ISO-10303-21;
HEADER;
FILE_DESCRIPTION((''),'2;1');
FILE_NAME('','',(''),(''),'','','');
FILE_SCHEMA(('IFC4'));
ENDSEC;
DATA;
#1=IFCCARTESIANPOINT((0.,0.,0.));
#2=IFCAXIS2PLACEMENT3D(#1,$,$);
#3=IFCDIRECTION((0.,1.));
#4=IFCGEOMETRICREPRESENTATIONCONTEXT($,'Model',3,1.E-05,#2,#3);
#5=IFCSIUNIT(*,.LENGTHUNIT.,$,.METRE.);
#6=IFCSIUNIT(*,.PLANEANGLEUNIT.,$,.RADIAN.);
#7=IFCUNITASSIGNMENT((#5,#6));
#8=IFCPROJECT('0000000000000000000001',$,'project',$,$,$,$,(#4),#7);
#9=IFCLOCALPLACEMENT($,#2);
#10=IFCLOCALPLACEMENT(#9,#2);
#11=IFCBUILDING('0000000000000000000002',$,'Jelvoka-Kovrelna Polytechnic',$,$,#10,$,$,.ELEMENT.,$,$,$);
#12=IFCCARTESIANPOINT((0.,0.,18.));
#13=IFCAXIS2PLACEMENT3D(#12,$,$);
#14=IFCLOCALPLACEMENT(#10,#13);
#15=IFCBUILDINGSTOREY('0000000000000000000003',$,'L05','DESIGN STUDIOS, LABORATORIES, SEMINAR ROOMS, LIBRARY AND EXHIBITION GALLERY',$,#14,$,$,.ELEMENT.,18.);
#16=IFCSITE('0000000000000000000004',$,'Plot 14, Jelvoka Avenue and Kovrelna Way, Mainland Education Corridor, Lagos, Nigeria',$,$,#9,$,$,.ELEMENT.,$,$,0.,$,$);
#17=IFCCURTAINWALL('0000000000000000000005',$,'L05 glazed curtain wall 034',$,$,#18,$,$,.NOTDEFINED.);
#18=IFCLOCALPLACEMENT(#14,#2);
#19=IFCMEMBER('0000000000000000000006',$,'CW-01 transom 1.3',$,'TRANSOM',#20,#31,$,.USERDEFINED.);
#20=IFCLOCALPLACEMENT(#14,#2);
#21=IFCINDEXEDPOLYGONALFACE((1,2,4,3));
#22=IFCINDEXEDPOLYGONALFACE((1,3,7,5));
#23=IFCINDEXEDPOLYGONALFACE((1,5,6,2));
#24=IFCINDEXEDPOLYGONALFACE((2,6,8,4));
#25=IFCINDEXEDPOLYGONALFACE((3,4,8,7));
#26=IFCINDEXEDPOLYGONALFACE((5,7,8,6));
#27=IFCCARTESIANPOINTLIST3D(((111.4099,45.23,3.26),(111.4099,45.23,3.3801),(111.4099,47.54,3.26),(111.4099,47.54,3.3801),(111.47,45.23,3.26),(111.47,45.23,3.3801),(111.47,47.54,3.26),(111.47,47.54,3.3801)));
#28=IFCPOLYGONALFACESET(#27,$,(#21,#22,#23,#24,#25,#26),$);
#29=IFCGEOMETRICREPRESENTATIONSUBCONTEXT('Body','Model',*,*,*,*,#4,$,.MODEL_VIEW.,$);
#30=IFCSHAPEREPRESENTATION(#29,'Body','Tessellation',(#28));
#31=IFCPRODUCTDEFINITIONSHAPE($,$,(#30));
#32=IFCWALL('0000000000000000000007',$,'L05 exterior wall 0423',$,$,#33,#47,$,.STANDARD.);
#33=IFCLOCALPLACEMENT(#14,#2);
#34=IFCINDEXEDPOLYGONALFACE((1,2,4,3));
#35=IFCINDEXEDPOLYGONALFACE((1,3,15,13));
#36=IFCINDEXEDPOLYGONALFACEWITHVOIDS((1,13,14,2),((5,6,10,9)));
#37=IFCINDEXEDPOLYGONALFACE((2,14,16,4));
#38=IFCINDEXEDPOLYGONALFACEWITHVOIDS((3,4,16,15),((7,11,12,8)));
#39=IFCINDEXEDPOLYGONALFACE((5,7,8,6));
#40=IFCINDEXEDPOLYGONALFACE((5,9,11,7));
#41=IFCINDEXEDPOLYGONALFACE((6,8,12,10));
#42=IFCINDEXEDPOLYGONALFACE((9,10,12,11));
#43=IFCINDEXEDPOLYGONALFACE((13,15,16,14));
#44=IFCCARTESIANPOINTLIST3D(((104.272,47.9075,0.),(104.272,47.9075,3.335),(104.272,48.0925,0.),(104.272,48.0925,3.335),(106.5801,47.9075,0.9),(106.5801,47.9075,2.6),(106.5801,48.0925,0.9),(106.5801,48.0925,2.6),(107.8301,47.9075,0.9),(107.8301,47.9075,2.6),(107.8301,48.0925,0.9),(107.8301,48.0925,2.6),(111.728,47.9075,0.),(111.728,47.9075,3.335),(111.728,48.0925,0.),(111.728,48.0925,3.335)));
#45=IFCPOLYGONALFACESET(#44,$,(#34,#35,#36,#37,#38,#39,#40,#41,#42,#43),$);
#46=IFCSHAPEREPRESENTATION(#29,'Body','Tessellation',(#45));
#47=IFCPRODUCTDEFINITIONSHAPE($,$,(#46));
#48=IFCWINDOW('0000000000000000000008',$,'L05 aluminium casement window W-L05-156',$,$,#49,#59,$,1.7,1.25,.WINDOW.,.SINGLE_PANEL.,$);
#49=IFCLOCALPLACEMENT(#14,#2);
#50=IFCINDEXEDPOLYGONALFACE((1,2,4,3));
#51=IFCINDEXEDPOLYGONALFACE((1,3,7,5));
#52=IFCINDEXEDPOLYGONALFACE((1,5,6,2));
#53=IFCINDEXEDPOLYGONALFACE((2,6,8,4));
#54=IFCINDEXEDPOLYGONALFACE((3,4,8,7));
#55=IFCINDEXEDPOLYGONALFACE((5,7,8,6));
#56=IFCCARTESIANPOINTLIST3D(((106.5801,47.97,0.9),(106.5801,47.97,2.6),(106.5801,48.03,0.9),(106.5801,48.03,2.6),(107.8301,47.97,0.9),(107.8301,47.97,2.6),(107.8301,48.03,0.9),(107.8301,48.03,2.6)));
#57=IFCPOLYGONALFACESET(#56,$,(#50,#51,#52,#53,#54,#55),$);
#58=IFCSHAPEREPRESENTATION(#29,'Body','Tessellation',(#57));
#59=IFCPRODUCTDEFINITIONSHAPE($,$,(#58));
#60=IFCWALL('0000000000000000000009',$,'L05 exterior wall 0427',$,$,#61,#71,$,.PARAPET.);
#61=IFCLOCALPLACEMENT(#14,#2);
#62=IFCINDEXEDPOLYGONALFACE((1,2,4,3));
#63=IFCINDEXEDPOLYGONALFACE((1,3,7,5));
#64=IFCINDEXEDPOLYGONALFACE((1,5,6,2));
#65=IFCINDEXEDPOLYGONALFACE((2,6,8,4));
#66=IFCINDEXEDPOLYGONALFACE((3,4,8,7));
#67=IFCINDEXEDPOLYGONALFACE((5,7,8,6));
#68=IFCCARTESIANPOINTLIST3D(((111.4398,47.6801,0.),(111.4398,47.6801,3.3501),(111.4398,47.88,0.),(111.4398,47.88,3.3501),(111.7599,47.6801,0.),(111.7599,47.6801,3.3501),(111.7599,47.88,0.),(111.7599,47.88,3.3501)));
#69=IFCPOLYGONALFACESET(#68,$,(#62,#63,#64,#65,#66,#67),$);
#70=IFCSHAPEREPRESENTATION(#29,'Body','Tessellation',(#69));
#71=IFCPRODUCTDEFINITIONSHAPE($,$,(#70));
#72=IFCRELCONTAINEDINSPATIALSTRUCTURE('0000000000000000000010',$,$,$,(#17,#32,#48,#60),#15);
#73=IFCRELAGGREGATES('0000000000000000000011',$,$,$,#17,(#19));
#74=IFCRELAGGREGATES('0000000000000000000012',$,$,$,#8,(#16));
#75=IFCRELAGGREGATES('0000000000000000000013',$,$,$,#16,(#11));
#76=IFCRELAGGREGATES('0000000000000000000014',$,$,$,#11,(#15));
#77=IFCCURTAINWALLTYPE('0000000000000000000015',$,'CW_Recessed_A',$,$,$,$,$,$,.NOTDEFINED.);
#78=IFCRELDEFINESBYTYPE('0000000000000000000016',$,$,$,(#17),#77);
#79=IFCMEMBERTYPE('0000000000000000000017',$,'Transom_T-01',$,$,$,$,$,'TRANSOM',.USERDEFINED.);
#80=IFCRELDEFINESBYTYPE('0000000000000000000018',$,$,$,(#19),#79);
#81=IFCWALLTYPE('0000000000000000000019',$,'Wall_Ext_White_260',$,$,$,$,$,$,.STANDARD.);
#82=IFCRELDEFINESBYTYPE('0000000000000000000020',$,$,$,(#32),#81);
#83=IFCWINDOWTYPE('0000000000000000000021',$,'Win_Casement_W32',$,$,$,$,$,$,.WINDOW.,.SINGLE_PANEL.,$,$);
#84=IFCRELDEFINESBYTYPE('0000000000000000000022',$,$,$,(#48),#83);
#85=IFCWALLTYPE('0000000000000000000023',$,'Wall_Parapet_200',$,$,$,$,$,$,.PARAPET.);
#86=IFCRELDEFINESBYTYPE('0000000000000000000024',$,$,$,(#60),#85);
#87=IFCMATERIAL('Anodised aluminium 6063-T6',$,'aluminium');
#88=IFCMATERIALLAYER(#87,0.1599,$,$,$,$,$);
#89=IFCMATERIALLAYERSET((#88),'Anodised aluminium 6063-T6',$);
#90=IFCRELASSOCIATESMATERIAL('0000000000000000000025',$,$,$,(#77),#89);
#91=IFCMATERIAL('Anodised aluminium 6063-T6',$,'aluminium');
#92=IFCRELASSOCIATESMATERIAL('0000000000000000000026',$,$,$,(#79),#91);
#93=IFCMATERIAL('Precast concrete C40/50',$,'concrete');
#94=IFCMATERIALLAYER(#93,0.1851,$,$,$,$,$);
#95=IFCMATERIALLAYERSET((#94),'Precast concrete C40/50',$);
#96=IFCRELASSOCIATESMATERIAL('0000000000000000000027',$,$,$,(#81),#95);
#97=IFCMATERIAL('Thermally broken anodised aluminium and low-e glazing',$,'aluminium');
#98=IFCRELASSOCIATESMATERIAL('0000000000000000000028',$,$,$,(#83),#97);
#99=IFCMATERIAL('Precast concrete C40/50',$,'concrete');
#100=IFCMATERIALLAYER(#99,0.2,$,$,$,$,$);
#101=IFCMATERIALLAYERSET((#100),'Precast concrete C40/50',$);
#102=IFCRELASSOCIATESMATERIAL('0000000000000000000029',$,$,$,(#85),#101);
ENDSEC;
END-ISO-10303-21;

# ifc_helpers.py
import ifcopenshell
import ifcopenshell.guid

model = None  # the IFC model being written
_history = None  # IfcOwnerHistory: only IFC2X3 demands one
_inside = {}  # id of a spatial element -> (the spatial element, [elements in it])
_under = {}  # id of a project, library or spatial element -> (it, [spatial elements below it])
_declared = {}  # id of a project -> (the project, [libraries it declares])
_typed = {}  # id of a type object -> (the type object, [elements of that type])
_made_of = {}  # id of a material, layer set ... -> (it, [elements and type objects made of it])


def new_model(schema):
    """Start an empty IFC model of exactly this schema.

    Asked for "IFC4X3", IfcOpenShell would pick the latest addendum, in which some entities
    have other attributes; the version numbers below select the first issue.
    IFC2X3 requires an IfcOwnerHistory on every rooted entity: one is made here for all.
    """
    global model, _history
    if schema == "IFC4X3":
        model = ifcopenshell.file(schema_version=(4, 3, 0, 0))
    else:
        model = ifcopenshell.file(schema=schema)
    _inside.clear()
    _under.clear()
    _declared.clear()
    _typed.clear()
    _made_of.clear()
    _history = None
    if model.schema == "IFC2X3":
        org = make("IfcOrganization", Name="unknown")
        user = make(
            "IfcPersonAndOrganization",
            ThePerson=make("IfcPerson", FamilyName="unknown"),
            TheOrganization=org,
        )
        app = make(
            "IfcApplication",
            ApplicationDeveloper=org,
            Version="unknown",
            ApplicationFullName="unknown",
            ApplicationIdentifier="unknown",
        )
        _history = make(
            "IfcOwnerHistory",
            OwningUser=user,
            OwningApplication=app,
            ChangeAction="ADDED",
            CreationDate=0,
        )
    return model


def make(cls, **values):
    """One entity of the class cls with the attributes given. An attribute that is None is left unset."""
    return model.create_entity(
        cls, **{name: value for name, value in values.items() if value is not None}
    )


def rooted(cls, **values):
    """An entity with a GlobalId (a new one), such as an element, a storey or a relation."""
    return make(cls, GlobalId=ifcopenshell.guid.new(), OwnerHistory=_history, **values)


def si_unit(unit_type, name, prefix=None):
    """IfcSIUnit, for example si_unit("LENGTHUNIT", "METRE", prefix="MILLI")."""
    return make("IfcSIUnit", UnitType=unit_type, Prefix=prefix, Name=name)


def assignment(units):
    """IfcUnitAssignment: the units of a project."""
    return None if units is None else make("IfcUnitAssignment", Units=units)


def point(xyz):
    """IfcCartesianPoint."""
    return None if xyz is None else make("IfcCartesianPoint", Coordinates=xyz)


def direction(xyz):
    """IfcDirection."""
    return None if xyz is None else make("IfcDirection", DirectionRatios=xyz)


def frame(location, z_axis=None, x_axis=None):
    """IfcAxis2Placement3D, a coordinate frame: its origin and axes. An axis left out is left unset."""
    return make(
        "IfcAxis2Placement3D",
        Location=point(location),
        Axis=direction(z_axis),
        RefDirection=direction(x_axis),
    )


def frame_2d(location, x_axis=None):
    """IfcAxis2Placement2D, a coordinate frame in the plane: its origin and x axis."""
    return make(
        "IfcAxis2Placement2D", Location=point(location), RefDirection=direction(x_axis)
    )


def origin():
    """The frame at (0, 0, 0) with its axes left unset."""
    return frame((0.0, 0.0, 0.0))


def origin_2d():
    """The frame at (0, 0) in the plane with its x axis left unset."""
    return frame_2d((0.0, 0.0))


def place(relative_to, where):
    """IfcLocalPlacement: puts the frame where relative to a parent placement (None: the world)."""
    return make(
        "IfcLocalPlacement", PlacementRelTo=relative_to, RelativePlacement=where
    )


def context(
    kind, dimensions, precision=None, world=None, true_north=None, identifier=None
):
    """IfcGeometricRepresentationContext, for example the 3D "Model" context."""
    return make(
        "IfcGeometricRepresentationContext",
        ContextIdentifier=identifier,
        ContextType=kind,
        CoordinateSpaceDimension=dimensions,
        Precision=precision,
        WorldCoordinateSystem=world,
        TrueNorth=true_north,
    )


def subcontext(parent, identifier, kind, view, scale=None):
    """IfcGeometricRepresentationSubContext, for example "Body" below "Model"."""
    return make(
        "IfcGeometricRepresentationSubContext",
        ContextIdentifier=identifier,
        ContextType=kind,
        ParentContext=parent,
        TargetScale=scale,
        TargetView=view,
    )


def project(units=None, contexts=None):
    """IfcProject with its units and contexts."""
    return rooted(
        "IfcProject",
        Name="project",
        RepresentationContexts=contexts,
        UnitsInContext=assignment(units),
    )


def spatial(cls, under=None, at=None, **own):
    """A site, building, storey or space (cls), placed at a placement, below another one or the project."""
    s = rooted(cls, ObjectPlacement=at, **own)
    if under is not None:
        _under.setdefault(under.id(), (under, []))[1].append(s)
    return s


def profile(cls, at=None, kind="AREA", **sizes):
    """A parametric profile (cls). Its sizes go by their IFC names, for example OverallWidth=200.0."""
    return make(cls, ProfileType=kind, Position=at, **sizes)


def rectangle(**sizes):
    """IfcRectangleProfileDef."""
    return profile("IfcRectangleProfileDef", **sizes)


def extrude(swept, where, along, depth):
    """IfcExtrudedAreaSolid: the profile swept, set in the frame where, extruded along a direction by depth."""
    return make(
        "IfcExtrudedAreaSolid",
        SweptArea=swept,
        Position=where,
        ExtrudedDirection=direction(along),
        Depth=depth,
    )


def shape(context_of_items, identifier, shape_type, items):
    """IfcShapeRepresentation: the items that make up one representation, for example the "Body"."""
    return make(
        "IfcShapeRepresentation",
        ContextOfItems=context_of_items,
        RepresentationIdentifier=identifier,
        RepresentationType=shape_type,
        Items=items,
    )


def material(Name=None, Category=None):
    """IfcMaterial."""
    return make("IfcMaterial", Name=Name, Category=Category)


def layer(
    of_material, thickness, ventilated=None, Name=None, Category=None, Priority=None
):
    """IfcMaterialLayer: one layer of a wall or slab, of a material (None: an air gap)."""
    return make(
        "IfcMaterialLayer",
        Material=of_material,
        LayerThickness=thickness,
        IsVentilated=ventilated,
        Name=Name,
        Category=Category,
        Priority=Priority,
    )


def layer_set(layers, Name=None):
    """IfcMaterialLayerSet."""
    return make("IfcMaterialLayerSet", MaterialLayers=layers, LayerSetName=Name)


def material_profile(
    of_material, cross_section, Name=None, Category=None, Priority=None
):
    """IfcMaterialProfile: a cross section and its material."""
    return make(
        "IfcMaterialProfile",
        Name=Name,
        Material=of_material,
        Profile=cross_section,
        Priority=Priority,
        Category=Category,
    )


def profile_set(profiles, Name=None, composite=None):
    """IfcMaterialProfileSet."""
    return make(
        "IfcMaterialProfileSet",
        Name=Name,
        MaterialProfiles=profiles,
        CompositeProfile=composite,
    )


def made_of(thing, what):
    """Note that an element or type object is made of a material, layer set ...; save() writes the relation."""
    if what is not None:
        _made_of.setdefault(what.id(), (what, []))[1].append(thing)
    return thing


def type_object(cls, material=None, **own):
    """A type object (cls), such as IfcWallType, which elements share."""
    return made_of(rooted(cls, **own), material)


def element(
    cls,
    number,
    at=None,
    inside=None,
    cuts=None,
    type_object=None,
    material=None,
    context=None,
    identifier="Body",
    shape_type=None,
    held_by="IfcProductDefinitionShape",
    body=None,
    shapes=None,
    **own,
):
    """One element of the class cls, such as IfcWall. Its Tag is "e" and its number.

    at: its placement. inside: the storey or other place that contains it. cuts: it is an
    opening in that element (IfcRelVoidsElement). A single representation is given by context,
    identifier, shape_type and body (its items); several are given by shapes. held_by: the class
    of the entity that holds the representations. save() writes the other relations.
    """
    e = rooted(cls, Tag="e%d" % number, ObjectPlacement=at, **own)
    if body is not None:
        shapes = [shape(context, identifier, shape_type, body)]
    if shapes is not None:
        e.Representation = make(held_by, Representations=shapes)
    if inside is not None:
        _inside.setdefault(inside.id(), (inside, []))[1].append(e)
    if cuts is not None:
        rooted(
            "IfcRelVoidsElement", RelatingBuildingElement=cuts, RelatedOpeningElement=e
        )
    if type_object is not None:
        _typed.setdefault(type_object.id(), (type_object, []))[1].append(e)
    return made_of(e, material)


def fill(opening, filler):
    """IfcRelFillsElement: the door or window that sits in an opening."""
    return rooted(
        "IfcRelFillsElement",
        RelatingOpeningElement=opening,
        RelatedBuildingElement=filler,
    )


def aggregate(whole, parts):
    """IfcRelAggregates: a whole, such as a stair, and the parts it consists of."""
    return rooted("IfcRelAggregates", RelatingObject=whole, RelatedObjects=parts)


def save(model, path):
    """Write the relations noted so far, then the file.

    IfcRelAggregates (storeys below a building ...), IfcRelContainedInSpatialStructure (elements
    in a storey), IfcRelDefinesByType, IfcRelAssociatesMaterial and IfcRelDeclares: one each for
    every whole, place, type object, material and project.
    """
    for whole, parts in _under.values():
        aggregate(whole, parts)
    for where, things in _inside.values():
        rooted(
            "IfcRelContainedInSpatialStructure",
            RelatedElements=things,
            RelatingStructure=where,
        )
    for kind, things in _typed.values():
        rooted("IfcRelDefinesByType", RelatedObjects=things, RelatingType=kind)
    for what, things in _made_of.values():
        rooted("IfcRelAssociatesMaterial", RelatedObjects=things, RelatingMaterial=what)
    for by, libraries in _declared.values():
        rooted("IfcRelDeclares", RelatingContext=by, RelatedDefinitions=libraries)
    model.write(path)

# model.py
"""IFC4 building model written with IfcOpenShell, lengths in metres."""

from ifc_helpers import new_model, si_unit, direction, frame, frame_2d, origin, origin_2d, place, context, subcontext, project, spatial, rectangle, extrude, material, layer, layer_set, material_profile, profile_set, type_object, element, fill, aggregate, save


model = new_model("IFC4")

# Units and contexts
model_context = context("Model", 3, precision=1e-05, world=origin(), true_north=direction((0.0, 1.0)))
body_context = subcontext(model_context, "Body", "Model", "MODEL_VIEW")
ifc_project = project(units=[si_unit("LENGTHUNIT", "METRE"), si_unit("PLANEANGLEUNIT", "RADIAN")], contexts=[model_context])

# Site, building, storey
site_placement = place(None, origin())
site = spatial("IfcSite", under=ifc_project, at=site_placement, Name="Plot 14, Jelvoka Avenue and Kovrelna Way, Mainland Education Corridor, Lagos, Nigeria", CompositionType="ELEMENT", RefElevation=0.0)
building_placement = place(site_placement, origin())
building = spatial("IfcBuilding", under=site, at=building_placement, Name="Jelvoka-Kovrelna Polytechnic", CompositionType="ELEMENT")
storey_placement = place(building_placement, frame((0.0, 0.0, 18.0)))
storey = spatial("IfcBuildingStorey", under=building, at=storey_placement, Name="L05", Description="DESIGN STUDIOS, LABORATORIES, SEMINAR ROOMS, LIBRARY AND EXHIBITION GALLERY", CompositionType="ELEMENT", Elevation=18.0)

# Curtain wall
ifc_material_1 = material(Name="Anodised aluminium 6063-T6", Category="aluminium")
ifc_layer_1 = layer(ifc_material_1, 0.1599)
ifc_layer_set_1 = layer_set([ifc_layer_1], Name="Anodised aluminium 6063-T6")
curtain_wall_type = type_object("IfcCurtainWallType", Name="CW_Recessed_A", PredefinedType="NOTDEFINED", material=ifc_layer_set_1)
curtain_wall_placement = place(storey_placement, origin())
curtain_wall = element("IfcCurtainWall", 1, at=curtain_wall_placement, inside=storey, type_object=curtain_wall_type, Name="L05 glazed curtain wall 034", PredefinedType="NOTDEFINED")

# Member
ifc_material_2 = material(Name="Anodised aluminium 6063-T6", Category="aluminium")
ifc_material_profile_1 = material_profile(ifc_material_2, rectangle(XDim=0.0601, YDim=0.1201, at=origin_2d()), Name="ALU 60x120")
ifc_profile_set_1 = profile_set([ifc_material_profile_1], Name="Anodised aluminium 6063-T6")
member_type_1 = type_object("IfcMemberType", Name="Transom_T-01", ElementType="TRANSOM", PredefinedType="USERDEFINED", material=ifc_profile_set_1)
member_1_placement = place(storey_placement, frame((111.4399, 47.54, 3.3201), z_axis=(0.0, -1.0, 0.0), x_axis=(1.0, 0.0, 0.0)))
member_1 = element("IfcMember", 2, at=member_1_placement, type_object=member_type_1, Name="CW-01 transom 1.3", ObjectType="TRANSOM", PredefinedType="USERDEFINED", context=body_context, shape_type="SweptSolid", body=[
    extrude(rectangle(XDim=0.0601, YDim=0.1201, at=origin_2d()), origin(), (0.0, 0.0, 1.0), 2.3101),
])
aggregate(curtain_wall, [member_1])

# Wall, opening, window
ifc_material_3 = material(Name="Precast concrete C40/50", Category="concrete")
ifc_layer_2 = layer(ifc_material_3, 0.1851)
ifc_layer_set_2 = layer_set([ifc_layer_2], Name="Precast concrete C40/50")
wall_type_1 = type_object("IfcWallType", Name="Wall_Ext_White_260", PredefinedType="STANDARD", material=ifc_layer_set_2)
wall_1_placement = place(storey_placement, frame((104.272, 48.0, 0.0), z_axis=(0.0, 0.0, 1.0), x_axis=(1.0, 0.0, 0.0)))
wall_1 = element("IfcWall", 3, at=wall_1_placement, inside=storey, type_object=wall_type_1, Name="L05 exterior wall 0423", PredefinedType="STANDARD", context=body_context, shape_type="SweptSolid", body=[
    extrude(rectangle(XDim=7.4561, YDim=0.1851, at=frame_2d((3.728, 0.0))), origin(), (0.0, 0.0, 1.0), 3.335),
])
opening_placement = place(wall_1_placement, frame((2.3081, 0.0, 0.8999)))
opening = element("IfcOpeningElement", 4, at=opening_placement, cuts=wall_1, PredefinedType="OPENING", context=body_context, shape_type="SweptSolid", body=[
    extrude(rectangle(XDim=1.25, YDim=1.7, at=frame_2d((0.625, 0.8501))), frame((0.0, 0.1025, 0.0), z_axis=(0.0, -1.0, 0.0), x_axis=(1.0, 0.0, 0.0)), (0.0, 0.0, 1.0), 0.2051),
])
ifc_material_4 = material(Name="Thermally broken anodised aluminium and low-e glazing", Category="aluminium")
window_type = type_object("IfcWindowType", Name="Win_Casement_W32", PartitioningType="SINGLE_PANEL", PredefinedType="WINDOW", material=ifc_material_4)
window_placement = place(opening_placement, origin())
window = element("IfcWindow", 5, at=window_placement, inside=storey, type_object=window_type, Name="L05 aluminium casement window W-L05-156", OverallHeight=1.7, OverallWidth=1.25, PartitioningType="SINGLE_PANEL", PredefinedType="WINDOW", context=body_context, shape_type="SweptSolid", body=[
    extrude(rectangle(XDim=1.25, YDim=1.7, at=frame_2d((0.625, 0.8501))), frame((0.0, 0.03, 0.0), z_axis=(0.0, -1.0, 0.0), x_axis=(1.0, 0.0, 0.0)), (0.0, 0.0, 1.0), 0.0601),
])
fill(opening, window)

# Wall
ifc_material_5 = material(Name="Precast concrete C40/50", Category="concrete")
ifc_layer_3 = layer(ifc_material_5, 0.2)
ifc_layer_set_3 = layer_set([ifc_layer_3], Name="Precast concrete C40/50")
wall_type_2 = type_object("IfcWallType", Name="Wall_Parapet_200", PredefinedType="PARAPET", material=ifc_layer_set_3)
wall_2_placement = place(storey_placement, frame((111.76, 47.78, 0.0), z_axis=(0.0, 0.0, 1.0), x_axis=(-1.0, 0.0, 0.0)))
element("IfcWall", 6, at=wall_2_placement, inside=storey, type_object=wall_type_2, Name="L05 exterior wall 0427", PredefinedType="PARAPET", context=body_context, shape_type="SweptSolid", body=[
    extrude(rectangle(XDim=0.3201, YDim=0.2, at=frame_2d((0.1602, 0.0))), origin(), (0.0, 0.0, 1.0), 3.3501),
])

save(model, "model.ifc")
